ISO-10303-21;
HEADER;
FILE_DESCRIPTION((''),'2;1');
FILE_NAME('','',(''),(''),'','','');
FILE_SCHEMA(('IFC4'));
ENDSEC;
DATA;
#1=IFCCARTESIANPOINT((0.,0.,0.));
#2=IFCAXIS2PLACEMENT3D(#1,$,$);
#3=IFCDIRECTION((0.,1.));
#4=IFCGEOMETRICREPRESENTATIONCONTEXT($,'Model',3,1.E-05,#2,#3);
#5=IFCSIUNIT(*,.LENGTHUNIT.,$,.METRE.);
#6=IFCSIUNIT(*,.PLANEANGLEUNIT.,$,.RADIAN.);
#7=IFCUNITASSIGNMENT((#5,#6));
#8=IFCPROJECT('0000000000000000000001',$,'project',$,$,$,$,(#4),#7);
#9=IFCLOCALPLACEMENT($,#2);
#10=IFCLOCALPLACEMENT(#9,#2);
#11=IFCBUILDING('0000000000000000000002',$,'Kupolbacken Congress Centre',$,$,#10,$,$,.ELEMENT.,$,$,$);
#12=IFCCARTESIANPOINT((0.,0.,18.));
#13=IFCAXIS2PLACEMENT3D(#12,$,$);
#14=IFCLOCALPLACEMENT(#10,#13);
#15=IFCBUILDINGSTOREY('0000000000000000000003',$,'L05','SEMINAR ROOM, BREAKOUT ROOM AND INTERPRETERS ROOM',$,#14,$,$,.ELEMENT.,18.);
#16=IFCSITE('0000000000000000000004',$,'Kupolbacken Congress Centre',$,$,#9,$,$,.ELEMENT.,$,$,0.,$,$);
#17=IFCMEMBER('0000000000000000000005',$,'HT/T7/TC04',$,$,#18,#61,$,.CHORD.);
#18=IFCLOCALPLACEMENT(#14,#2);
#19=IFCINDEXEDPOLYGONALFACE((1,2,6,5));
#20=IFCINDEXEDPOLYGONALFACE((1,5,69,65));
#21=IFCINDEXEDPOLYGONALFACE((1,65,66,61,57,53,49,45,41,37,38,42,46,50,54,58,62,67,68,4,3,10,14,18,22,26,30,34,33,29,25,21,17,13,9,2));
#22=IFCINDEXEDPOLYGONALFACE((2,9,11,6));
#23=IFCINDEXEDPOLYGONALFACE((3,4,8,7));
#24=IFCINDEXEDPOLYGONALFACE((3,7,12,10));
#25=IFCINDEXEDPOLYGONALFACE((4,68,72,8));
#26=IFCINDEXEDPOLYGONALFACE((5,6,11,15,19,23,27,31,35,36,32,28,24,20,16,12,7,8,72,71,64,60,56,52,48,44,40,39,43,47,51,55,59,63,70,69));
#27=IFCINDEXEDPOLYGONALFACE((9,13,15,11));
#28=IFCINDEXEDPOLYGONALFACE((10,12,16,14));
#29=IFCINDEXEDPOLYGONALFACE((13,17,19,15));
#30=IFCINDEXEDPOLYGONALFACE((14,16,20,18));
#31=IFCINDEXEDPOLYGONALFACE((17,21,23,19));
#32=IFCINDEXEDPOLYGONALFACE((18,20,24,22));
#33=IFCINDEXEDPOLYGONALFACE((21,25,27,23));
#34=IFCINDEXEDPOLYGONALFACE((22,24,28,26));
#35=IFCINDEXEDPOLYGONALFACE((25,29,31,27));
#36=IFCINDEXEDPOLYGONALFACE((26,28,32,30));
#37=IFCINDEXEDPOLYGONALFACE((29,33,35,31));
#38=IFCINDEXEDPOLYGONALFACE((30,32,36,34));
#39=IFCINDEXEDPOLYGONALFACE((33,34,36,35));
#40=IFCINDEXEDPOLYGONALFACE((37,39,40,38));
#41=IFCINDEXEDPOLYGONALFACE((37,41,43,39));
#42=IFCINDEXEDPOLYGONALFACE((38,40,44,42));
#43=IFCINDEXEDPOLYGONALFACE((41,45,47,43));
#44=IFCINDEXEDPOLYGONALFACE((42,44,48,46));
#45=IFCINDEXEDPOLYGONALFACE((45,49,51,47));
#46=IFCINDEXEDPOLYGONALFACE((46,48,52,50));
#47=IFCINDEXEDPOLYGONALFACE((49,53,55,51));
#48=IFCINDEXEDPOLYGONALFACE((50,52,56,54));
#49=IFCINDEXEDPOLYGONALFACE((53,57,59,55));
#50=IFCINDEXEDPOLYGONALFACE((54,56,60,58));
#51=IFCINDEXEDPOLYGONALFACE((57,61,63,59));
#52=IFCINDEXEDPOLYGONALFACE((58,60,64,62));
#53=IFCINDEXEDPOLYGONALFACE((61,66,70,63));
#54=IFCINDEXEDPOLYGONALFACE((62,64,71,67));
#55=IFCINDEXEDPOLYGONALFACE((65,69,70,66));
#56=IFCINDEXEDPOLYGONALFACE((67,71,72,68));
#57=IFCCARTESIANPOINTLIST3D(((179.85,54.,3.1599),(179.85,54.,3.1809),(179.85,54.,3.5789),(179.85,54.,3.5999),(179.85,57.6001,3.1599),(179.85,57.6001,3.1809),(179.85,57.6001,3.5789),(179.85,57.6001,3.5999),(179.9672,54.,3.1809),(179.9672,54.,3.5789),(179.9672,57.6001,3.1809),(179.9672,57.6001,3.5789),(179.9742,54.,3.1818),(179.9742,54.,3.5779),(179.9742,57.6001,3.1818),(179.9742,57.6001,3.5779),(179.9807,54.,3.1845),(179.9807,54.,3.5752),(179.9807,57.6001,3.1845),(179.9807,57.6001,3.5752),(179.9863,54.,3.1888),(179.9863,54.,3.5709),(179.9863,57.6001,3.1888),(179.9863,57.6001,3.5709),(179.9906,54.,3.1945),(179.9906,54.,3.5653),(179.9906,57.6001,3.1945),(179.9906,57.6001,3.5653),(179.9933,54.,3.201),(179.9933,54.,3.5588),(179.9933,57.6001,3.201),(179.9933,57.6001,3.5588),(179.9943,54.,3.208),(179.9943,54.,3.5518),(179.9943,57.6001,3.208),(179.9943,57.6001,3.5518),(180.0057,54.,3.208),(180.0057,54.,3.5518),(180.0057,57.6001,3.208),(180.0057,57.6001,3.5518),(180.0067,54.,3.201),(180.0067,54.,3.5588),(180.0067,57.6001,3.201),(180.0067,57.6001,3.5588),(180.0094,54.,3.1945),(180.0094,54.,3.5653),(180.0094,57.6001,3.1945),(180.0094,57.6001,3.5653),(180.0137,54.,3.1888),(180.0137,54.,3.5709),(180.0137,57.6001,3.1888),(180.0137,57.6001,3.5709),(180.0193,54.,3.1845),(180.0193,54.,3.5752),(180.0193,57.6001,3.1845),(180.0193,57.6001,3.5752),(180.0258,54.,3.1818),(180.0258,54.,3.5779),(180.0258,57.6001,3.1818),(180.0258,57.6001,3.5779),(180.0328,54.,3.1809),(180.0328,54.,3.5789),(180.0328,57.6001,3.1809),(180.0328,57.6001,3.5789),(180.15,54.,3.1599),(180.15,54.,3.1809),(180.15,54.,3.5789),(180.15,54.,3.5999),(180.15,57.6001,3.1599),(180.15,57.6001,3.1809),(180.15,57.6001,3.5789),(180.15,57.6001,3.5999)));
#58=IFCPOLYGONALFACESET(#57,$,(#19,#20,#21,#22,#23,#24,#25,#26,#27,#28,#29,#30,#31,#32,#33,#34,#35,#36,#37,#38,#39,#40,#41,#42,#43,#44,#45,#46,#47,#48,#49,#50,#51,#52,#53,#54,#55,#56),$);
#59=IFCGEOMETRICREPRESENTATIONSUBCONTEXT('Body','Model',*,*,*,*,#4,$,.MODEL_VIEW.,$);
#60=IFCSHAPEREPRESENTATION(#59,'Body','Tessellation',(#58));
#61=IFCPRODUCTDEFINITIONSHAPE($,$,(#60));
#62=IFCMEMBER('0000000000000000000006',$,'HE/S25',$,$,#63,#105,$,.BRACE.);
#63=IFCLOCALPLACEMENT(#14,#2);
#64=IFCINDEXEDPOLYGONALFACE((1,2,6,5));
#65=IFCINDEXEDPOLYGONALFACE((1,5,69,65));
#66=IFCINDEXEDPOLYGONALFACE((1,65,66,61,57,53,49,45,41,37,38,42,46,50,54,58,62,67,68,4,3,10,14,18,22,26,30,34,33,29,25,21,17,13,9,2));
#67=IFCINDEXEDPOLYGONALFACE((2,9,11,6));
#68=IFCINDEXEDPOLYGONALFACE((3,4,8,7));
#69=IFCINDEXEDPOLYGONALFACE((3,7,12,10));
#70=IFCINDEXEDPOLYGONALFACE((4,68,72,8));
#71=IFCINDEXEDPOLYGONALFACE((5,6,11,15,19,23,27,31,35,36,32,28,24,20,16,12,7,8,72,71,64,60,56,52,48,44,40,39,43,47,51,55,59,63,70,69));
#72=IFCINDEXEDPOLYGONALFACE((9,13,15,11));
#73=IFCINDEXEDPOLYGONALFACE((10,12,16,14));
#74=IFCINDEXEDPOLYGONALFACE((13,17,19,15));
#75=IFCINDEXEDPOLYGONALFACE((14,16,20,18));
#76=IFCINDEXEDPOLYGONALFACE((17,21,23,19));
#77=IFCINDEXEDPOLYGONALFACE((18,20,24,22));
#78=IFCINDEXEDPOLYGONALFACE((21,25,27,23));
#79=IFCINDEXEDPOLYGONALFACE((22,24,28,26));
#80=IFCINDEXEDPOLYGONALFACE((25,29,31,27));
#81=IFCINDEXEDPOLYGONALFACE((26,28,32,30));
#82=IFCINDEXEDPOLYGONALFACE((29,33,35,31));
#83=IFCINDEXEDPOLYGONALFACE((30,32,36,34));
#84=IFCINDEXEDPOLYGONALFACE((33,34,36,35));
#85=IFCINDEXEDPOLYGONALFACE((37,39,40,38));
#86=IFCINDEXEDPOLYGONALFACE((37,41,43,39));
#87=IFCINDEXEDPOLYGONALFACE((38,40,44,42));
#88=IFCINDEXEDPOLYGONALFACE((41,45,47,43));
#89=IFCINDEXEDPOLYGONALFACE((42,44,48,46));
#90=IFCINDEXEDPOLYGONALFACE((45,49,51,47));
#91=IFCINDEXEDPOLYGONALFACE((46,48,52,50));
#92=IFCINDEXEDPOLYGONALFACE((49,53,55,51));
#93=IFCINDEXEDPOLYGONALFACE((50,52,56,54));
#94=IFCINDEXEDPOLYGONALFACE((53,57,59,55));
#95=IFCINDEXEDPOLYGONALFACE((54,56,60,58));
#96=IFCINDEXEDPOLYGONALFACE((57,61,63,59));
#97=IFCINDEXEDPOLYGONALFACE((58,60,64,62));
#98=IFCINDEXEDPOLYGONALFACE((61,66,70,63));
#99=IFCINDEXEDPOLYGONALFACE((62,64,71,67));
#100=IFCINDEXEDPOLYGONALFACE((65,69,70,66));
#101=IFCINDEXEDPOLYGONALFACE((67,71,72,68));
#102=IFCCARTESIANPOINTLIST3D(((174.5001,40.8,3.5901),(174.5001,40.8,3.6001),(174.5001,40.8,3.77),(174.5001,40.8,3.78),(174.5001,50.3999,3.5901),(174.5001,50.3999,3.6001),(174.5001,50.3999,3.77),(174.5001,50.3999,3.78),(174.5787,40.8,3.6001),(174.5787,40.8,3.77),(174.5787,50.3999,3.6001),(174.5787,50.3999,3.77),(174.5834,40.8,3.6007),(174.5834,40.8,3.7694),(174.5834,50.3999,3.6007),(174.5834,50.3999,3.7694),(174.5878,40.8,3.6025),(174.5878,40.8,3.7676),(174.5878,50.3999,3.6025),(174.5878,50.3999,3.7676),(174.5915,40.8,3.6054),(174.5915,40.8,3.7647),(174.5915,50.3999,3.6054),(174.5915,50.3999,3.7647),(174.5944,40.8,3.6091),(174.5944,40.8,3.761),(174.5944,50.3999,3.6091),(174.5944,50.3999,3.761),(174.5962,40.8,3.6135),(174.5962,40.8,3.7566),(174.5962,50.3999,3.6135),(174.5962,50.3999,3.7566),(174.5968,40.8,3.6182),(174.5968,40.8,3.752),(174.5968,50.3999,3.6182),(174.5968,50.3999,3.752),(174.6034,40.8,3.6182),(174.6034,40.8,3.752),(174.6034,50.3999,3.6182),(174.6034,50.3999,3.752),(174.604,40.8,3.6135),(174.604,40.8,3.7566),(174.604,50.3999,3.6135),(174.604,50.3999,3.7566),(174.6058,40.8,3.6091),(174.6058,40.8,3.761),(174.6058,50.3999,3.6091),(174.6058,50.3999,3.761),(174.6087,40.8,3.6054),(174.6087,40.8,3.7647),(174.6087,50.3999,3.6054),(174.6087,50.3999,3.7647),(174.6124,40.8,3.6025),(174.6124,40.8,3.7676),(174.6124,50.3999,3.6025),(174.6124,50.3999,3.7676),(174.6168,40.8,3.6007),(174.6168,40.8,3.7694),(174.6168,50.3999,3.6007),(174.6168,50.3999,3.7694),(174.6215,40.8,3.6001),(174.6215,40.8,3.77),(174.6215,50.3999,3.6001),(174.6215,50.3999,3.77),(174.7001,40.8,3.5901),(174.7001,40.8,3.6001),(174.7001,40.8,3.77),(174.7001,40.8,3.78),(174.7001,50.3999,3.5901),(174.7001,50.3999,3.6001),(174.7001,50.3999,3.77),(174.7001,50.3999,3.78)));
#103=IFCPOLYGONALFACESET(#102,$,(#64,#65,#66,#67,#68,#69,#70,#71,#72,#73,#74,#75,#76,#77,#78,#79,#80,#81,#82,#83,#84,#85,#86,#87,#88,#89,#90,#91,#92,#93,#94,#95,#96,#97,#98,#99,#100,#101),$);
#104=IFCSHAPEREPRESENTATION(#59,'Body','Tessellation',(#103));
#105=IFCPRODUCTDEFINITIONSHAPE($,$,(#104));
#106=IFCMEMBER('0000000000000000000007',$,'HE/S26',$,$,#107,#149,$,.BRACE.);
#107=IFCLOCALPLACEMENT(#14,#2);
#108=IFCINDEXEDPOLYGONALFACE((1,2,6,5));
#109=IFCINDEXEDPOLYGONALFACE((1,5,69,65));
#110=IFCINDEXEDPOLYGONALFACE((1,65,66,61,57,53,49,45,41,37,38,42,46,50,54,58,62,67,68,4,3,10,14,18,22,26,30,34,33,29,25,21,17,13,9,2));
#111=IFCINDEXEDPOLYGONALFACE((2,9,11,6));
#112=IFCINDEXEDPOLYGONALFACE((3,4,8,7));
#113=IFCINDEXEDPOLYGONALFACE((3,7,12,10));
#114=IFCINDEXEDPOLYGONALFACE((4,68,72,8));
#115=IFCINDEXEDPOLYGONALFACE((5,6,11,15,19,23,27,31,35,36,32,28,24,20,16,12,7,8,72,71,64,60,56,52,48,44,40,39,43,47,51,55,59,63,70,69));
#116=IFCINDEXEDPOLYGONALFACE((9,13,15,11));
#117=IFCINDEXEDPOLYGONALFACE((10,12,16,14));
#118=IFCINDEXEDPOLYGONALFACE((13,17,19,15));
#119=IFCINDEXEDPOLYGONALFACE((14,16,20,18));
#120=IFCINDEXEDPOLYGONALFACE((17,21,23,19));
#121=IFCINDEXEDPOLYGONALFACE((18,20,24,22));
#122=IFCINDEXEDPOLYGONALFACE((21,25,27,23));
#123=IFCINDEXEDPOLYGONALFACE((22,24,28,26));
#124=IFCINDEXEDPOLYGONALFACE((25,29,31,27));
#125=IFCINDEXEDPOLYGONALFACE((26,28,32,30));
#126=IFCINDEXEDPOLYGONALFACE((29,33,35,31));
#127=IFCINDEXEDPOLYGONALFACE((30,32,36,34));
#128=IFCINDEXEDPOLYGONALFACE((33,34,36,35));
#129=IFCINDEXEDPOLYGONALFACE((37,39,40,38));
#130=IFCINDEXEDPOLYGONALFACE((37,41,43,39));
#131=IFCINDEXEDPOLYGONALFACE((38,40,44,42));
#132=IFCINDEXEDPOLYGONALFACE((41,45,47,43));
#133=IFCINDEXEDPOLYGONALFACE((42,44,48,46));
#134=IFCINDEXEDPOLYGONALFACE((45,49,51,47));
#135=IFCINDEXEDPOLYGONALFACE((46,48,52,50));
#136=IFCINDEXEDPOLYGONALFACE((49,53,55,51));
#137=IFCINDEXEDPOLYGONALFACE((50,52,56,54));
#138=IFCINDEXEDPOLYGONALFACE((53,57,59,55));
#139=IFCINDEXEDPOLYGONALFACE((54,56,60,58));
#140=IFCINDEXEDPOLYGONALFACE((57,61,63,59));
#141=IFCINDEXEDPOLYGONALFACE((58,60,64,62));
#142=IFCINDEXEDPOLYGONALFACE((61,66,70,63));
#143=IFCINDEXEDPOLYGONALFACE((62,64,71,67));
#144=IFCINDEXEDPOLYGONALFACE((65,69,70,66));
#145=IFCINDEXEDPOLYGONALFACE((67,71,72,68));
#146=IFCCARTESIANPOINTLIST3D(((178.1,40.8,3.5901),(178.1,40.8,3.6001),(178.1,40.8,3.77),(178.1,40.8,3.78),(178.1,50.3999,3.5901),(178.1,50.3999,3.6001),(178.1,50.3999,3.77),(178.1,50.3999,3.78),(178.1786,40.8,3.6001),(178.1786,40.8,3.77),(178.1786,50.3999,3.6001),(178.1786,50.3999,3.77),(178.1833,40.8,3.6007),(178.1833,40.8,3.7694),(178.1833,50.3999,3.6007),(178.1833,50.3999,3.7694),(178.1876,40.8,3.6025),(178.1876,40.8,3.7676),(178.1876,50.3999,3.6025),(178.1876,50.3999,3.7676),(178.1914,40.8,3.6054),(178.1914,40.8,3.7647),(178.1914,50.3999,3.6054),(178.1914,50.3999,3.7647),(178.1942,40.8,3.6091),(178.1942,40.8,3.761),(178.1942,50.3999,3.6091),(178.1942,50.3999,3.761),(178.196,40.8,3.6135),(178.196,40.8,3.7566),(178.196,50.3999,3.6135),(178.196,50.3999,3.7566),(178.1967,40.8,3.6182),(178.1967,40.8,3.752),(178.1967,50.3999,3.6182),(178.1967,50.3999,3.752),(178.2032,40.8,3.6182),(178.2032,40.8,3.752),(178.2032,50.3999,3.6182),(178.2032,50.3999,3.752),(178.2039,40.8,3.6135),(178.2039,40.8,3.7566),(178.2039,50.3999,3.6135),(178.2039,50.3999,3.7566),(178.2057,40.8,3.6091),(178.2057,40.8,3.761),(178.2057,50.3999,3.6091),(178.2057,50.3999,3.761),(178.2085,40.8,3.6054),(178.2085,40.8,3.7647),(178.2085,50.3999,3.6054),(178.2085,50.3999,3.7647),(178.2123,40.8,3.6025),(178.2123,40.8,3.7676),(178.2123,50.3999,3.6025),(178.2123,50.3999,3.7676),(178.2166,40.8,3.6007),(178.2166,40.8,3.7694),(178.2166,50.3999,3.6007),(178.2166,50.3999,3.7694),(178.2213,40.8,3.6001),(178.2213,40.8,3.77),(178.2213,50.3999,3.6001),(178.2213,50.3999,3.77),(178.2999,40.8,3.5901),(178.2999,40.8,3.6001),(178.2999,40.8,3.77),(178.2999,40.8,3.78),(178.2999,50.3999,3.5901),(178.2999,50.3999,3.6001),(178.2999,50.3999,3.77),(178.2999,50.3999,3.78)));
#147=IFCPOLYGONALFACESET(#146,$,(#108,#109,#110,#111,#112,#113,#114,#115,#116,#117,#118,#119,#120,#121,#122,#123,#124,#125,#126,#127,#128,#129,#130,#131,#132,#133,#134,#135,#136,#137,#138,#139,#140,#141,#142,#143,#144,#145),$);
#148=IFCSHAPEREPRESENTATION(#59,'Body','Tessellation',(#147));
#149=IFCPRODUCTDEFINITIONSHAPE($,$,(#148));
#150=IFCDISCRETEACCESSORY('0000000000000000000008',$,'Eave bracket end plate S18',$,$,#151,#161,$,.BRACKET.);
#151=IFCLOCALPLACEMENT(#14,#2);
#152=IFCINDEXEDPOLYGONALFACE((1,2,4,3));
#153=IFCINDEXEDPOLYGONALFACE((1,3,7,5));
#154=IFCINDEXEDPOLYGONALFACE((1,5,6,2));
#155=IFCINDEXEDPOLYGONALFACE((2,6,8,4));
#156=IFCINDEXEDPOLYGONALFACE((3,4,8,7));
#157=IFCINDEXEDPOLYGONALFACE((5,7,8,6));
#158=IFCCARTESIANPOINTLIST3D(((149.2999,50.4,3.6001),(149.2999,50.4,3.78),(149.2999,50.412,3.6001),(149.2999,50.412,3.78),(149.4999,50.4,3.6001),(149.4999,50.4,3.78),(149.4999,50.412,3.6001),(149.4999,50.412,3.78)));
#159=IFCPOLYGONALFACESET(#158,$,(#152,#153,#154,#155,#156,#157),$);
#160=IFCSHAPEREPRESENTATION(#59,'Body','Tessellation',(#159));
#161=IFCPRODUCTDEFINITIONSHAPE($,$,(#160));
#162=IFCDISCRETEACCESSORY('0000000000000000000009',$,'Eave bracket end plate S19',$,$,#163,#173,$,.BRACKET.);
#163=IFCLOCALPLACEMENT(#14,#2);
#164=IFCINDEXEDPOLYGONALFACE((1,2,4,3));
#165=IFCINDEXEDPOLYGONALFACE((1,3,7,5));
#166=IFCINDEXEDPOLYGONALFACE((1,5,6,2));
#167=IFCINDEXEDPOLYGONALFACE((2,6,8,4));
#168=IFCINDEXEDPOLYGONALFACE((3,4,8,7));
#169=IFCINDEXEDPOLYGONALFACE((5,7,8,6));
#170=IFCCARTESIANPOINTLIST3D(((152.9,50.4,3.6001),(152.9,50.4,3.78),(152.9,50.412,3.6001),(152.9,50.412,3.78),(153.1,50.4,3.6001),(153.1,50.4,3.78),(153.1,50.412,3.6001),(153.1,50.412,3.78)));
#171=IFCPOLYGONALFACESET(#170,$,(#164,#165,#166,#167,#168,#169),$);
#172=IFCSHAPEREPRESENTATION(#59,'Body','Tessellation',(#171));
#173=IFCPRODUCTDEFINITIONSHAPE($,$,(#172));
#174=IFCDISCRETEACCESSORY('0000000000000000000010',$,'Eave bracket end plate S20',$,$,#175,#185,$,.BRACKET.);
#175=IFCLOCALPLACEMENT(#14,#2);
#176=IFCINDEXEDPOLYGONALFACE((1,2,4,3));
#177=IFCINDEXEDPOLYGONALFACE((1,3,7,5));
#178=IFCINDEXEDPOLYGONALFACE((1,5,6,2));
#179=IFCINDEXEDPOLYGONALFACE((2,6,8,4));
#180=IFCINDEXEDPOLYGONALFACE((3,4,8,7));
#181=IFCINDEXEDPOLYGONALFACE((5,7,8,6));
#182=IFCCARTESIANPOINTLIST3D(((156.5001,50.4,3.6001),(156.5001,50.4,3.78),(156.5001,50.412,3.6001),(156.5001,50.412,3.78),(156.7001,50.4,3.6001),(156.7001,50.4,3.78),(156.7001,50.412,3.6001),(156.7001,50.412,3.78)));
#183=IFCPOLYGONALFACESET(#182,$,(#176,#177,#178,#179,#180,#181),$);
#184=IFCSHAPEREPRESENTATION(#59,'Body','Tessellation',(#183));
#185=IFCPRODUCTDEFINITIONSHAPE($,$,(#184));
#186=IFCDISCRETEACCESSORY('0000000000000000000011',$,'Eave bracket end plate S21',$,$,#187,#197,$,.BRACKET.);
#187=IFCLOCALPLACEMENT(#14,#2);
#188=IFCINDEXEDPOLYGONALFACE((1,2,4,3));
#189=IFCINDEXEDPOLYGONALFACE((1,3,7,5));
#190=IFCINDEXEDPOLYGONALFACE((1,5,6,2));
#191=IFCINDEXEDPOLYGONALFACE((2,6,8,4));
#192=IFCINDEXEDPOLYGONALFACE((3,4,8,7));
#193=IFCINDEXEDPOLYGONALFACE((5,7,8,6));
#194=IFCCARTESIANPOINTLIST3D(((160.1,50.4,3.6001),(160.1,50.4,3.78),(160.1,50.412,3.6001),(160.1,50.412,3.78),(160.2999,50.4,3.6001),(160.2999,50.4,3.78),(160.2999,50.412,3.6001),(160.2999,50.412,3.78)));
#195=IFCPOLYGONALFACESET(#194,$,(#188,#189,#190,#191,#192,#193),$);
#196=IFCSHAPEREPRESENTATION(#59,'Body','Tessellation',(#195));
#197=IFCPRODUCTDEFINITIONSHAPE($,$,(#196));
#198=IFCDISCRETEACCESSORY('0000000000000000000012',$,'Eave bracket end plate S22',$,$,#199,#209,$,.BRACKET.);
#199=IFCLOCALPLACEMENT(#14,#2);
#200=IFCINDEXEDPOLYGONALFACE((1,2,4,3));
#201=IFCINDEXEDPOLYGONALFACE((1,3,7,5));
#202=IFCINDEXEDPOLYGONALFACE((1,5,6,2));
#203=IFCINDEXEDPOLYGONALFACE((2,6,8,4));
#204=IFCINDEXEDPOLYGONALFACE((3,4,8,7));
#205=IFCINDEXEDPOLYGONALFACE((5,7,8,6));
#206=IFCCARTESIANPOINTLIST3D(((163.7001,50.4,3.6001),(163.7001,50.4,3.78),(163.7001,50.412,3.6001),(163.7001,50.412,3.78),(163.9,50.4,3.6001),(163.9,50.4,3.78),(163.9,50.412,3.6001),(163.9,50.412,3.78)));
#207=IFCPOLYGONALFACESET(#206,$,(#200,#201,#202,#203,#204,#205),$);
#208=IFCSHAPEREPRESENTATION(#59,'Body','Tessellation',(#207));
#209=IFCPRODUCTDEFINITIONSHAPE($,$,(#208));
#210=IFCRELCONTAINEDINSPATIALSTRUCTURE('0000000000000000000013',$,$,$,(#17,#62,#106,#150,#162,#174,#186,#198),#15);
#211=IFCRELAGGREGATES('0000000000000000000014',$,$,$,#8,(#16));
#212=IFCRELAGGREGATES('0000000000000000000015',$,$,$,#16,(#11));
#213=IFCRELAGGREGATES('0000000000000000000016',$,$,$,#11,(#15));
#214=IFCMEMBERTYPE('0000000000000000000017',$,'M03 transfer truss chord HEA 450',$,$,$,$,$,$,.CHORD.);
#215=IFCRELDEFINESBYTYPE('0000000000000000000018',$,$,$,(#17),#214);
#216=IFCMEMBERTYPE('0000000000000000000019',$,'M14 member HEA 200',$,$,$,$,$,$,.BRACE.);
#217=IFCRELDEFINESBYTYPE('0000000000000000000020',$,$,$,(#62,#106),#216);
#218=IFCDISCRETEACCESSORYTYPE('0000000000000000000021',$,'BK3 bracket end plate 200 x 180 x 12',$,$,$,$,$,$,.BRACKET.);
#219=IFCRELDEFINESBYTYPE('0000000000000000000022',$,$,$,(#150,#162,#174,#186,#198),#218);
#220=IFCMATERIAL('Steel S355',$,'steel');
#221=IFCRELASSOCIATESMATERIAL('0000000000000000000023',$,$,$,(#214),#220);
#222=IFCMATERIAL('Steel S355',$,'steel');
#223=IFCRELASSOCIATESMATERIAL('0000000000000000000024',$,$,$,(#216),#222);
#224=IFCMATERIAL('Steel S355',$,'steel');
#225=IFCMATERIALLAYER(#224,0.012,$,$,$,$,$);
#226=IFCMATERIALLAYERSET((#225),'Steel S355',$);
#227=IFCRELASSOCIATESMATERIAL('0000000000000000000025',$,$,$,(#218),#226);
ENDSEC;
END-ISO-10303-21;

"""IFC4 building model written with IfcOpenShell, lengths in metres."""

from ifc_helpers import new_model, si_unit, direction, frame, origin, origin_2d, place, context, subcontext, project, spatial, rectangle, i_section, extrude, material, layer, layer_set, material_profile, profile_set, type_object, element, save


model = new_model("IFC4")

# Units and contexts
model_context = context("Model", 3, precision=1e-05, world=origin(), true_north=direction((0.0, 1.0)))
body_context = subcontext(model_context, "Body", "Model", "MODEL_VIEW")
ifc_project = project(units=[si_unit("LENGTHUNIT", "METRE"), si_unit("PLANEANGLEUNIT", "RADIAN")], contexts=[model_context])

# Site, building, storey
site_placement = place(None, origin())
site = spatial("IfcSite", under=ifc_project, at=site_placement, Name="Kupolbacken Congress Centre", CompositionType="ELEMENT", RefElevation=0.0)
building_placement = place(site_placement, origin())
building = spatial("IfcBuilding", under=site, at=building_placement, Name="Kupolbacken Congress Centre", CompositionType="ELEMENT")
storey_placement = place(building_placement, frame((0.0, 0.0, 18.0)))
storey = spatial("IfcBuildingStorey", under=building, at=storey_placement, Name="L05", Description="SEMINAR ROOM, BREAKOUT ROOM AND INTERPRETERS ROOM", CompositionType="ELEMENT", Elevation=18.0)

# Members
ifc_material_1 = material(Name="Steel S355", Category="steel")
ifc_material_profile_1 = material_profile(ifc_material_1, i_section(OverallWidth=0.3, OverallDepth=0.4399, WebThickness=0.0115, FlangeThickness=0.021, FilletRadius=0.0271, at=origin_2d()), Name="HEA 450")
ifc_profile_set_1 = profile_set([ifc_material_profile_1], Name="Steel S355")
member_type_1 = type_object("IfcMemberType", Name="M03 transfer truss chord HEA 450", PredefinedType="CHORD", material=ifc_profile_set_1)
for number, where, z_axis, x_axis, name in (
    (1, (180.0, 54.0, 3.3799), (0.0, 1.0, 0.0), (-1.0, 0.0, 0.0), "HT/T7/TC04"),
):
    element("IfcMember", number, at=place(storey_placement, frame(where, z_axis=z_axis, x_axis=x_axis)), inside=storey, type_object=member_type_1, Name=name, PredefinedType="CHORD", context=body_context, shape_type="SweptSolid", body=[
        extrude(i_section(OverallWidth=0.3, OverallDepth=0.4399, WebThickness=0.0115, FlangeThickness=0.021, FilletRadius=0.0271, at=origin_2d()), origin(), (0.0, 0.0, 1.0), 3.6001),
    ])
ifc_material_2 = material(Name="Steel S355", Category="steel")
ifc_material_profile_2 = material_profile(ifc_material_2, i_section(OverallWidth=0.2, OverallDepth=0.1899, WebThickness=0.0066, FlangeThickness=0.01, FilletRadius=0.0181, at=origin_2d()), Name="HEA 200")
ifc_profile_set_2 = profile_set([ifc_material_profile_2], Name="Steel S355")
member_type_2 = type_object("IfcMemberType", Name="M14 member HEA 200", PredefinedType="BRACE", material=ifc_profile_set_2)
for number, where, z_axis, x_axis, name in (
    (2, (174.6001, 50.3999, 3.6851), (0.0, -1.0, 0.0), (1.0, 0.0, 0.0), "HE/S25"),
    (3, (178.2, 50.3999, 3.6851), (0.0, -1.0, 0.0), (1.0, 0.0, 0.0), "HE/S26"),
):
    element("IfcMember", number, at=place(storey_placement, frame(where, z_axis=z_axis, x_axis=x_axis)), inside=storey, type_object=member_type_2, Name=name, PredefinedType="BRACE", context=body_context, shape_type="SweptSolid", body=[
        extrude(i_section(OverallWidth=0.2, OverallDepth=0.1899, WebThickness=0.0066, FlangeThickness=0.01, FilletRadius=0.0181, at=origin_2d()), origin(), (0.0, 0.0, 1.0), 9.5999),
    ])

# Discrete accessories
ifc_material_3 = material(Name="Steel S355", Category="steel")
ifc_layer = layer(ifc_material_3, 0.012)
ifc_layer_set = layer_set([ifc_layer], Name="Steel S355")
discrete_accessory_type = type_object("IfcDiscreteAccessoryType", Name="BK3 bracket end plate 200 x 180 x 12", PredefinedType="BRACKET", material=ifc_layer_set)
for number, where, z_axis, x_axis, name in (
    (4, (149.3999, 50.406, 3.6001), (0.0, 0.0, 1.0), (1.0, 0.0, 0.0), "Eave bracket end plate S18"),
    (5, (153.0, 50.406, 3.6001), (0.0, 0.0, 1.0), (1.0, 0.0, 0.0), "Eave bracket end plate S19"),
    (6, (156.6001, 50.406, 3.6001), (0.0, 0.0, 1.0), (1.0, 0.0, 0.0), "Eave bracket end plate S20"),
    (7, (160.2, 50.406, 3.6001), (0.0, 0.0, 1.0), (1.0, 0.0, 0.0), "Eave bracket end plate S21"),
    (8, (163.8, 50.406, 3.6001), (0.0, 0.0, 1.0), (1.0, 0.0, 0.0), "Eave bracket end plate S22"),
):
    element("IfcDiscreteAccessory", number, at=place(storey_placement, frame(where, z_axis=z_axis, x_axis=x_axis)), inside=storey, type_object=discrete_accessory_type, Name=name, PredefinedType="BRACKET", context=body_context, shape_type="SweptSolid", body=[
        extrude(rectangle(XDim=0.2, YDim=0.012, at=origin_2d()), origin(), (0.0, 0.0, 1.0), 0.1799),
    ])

save(model, "model.ifc")
